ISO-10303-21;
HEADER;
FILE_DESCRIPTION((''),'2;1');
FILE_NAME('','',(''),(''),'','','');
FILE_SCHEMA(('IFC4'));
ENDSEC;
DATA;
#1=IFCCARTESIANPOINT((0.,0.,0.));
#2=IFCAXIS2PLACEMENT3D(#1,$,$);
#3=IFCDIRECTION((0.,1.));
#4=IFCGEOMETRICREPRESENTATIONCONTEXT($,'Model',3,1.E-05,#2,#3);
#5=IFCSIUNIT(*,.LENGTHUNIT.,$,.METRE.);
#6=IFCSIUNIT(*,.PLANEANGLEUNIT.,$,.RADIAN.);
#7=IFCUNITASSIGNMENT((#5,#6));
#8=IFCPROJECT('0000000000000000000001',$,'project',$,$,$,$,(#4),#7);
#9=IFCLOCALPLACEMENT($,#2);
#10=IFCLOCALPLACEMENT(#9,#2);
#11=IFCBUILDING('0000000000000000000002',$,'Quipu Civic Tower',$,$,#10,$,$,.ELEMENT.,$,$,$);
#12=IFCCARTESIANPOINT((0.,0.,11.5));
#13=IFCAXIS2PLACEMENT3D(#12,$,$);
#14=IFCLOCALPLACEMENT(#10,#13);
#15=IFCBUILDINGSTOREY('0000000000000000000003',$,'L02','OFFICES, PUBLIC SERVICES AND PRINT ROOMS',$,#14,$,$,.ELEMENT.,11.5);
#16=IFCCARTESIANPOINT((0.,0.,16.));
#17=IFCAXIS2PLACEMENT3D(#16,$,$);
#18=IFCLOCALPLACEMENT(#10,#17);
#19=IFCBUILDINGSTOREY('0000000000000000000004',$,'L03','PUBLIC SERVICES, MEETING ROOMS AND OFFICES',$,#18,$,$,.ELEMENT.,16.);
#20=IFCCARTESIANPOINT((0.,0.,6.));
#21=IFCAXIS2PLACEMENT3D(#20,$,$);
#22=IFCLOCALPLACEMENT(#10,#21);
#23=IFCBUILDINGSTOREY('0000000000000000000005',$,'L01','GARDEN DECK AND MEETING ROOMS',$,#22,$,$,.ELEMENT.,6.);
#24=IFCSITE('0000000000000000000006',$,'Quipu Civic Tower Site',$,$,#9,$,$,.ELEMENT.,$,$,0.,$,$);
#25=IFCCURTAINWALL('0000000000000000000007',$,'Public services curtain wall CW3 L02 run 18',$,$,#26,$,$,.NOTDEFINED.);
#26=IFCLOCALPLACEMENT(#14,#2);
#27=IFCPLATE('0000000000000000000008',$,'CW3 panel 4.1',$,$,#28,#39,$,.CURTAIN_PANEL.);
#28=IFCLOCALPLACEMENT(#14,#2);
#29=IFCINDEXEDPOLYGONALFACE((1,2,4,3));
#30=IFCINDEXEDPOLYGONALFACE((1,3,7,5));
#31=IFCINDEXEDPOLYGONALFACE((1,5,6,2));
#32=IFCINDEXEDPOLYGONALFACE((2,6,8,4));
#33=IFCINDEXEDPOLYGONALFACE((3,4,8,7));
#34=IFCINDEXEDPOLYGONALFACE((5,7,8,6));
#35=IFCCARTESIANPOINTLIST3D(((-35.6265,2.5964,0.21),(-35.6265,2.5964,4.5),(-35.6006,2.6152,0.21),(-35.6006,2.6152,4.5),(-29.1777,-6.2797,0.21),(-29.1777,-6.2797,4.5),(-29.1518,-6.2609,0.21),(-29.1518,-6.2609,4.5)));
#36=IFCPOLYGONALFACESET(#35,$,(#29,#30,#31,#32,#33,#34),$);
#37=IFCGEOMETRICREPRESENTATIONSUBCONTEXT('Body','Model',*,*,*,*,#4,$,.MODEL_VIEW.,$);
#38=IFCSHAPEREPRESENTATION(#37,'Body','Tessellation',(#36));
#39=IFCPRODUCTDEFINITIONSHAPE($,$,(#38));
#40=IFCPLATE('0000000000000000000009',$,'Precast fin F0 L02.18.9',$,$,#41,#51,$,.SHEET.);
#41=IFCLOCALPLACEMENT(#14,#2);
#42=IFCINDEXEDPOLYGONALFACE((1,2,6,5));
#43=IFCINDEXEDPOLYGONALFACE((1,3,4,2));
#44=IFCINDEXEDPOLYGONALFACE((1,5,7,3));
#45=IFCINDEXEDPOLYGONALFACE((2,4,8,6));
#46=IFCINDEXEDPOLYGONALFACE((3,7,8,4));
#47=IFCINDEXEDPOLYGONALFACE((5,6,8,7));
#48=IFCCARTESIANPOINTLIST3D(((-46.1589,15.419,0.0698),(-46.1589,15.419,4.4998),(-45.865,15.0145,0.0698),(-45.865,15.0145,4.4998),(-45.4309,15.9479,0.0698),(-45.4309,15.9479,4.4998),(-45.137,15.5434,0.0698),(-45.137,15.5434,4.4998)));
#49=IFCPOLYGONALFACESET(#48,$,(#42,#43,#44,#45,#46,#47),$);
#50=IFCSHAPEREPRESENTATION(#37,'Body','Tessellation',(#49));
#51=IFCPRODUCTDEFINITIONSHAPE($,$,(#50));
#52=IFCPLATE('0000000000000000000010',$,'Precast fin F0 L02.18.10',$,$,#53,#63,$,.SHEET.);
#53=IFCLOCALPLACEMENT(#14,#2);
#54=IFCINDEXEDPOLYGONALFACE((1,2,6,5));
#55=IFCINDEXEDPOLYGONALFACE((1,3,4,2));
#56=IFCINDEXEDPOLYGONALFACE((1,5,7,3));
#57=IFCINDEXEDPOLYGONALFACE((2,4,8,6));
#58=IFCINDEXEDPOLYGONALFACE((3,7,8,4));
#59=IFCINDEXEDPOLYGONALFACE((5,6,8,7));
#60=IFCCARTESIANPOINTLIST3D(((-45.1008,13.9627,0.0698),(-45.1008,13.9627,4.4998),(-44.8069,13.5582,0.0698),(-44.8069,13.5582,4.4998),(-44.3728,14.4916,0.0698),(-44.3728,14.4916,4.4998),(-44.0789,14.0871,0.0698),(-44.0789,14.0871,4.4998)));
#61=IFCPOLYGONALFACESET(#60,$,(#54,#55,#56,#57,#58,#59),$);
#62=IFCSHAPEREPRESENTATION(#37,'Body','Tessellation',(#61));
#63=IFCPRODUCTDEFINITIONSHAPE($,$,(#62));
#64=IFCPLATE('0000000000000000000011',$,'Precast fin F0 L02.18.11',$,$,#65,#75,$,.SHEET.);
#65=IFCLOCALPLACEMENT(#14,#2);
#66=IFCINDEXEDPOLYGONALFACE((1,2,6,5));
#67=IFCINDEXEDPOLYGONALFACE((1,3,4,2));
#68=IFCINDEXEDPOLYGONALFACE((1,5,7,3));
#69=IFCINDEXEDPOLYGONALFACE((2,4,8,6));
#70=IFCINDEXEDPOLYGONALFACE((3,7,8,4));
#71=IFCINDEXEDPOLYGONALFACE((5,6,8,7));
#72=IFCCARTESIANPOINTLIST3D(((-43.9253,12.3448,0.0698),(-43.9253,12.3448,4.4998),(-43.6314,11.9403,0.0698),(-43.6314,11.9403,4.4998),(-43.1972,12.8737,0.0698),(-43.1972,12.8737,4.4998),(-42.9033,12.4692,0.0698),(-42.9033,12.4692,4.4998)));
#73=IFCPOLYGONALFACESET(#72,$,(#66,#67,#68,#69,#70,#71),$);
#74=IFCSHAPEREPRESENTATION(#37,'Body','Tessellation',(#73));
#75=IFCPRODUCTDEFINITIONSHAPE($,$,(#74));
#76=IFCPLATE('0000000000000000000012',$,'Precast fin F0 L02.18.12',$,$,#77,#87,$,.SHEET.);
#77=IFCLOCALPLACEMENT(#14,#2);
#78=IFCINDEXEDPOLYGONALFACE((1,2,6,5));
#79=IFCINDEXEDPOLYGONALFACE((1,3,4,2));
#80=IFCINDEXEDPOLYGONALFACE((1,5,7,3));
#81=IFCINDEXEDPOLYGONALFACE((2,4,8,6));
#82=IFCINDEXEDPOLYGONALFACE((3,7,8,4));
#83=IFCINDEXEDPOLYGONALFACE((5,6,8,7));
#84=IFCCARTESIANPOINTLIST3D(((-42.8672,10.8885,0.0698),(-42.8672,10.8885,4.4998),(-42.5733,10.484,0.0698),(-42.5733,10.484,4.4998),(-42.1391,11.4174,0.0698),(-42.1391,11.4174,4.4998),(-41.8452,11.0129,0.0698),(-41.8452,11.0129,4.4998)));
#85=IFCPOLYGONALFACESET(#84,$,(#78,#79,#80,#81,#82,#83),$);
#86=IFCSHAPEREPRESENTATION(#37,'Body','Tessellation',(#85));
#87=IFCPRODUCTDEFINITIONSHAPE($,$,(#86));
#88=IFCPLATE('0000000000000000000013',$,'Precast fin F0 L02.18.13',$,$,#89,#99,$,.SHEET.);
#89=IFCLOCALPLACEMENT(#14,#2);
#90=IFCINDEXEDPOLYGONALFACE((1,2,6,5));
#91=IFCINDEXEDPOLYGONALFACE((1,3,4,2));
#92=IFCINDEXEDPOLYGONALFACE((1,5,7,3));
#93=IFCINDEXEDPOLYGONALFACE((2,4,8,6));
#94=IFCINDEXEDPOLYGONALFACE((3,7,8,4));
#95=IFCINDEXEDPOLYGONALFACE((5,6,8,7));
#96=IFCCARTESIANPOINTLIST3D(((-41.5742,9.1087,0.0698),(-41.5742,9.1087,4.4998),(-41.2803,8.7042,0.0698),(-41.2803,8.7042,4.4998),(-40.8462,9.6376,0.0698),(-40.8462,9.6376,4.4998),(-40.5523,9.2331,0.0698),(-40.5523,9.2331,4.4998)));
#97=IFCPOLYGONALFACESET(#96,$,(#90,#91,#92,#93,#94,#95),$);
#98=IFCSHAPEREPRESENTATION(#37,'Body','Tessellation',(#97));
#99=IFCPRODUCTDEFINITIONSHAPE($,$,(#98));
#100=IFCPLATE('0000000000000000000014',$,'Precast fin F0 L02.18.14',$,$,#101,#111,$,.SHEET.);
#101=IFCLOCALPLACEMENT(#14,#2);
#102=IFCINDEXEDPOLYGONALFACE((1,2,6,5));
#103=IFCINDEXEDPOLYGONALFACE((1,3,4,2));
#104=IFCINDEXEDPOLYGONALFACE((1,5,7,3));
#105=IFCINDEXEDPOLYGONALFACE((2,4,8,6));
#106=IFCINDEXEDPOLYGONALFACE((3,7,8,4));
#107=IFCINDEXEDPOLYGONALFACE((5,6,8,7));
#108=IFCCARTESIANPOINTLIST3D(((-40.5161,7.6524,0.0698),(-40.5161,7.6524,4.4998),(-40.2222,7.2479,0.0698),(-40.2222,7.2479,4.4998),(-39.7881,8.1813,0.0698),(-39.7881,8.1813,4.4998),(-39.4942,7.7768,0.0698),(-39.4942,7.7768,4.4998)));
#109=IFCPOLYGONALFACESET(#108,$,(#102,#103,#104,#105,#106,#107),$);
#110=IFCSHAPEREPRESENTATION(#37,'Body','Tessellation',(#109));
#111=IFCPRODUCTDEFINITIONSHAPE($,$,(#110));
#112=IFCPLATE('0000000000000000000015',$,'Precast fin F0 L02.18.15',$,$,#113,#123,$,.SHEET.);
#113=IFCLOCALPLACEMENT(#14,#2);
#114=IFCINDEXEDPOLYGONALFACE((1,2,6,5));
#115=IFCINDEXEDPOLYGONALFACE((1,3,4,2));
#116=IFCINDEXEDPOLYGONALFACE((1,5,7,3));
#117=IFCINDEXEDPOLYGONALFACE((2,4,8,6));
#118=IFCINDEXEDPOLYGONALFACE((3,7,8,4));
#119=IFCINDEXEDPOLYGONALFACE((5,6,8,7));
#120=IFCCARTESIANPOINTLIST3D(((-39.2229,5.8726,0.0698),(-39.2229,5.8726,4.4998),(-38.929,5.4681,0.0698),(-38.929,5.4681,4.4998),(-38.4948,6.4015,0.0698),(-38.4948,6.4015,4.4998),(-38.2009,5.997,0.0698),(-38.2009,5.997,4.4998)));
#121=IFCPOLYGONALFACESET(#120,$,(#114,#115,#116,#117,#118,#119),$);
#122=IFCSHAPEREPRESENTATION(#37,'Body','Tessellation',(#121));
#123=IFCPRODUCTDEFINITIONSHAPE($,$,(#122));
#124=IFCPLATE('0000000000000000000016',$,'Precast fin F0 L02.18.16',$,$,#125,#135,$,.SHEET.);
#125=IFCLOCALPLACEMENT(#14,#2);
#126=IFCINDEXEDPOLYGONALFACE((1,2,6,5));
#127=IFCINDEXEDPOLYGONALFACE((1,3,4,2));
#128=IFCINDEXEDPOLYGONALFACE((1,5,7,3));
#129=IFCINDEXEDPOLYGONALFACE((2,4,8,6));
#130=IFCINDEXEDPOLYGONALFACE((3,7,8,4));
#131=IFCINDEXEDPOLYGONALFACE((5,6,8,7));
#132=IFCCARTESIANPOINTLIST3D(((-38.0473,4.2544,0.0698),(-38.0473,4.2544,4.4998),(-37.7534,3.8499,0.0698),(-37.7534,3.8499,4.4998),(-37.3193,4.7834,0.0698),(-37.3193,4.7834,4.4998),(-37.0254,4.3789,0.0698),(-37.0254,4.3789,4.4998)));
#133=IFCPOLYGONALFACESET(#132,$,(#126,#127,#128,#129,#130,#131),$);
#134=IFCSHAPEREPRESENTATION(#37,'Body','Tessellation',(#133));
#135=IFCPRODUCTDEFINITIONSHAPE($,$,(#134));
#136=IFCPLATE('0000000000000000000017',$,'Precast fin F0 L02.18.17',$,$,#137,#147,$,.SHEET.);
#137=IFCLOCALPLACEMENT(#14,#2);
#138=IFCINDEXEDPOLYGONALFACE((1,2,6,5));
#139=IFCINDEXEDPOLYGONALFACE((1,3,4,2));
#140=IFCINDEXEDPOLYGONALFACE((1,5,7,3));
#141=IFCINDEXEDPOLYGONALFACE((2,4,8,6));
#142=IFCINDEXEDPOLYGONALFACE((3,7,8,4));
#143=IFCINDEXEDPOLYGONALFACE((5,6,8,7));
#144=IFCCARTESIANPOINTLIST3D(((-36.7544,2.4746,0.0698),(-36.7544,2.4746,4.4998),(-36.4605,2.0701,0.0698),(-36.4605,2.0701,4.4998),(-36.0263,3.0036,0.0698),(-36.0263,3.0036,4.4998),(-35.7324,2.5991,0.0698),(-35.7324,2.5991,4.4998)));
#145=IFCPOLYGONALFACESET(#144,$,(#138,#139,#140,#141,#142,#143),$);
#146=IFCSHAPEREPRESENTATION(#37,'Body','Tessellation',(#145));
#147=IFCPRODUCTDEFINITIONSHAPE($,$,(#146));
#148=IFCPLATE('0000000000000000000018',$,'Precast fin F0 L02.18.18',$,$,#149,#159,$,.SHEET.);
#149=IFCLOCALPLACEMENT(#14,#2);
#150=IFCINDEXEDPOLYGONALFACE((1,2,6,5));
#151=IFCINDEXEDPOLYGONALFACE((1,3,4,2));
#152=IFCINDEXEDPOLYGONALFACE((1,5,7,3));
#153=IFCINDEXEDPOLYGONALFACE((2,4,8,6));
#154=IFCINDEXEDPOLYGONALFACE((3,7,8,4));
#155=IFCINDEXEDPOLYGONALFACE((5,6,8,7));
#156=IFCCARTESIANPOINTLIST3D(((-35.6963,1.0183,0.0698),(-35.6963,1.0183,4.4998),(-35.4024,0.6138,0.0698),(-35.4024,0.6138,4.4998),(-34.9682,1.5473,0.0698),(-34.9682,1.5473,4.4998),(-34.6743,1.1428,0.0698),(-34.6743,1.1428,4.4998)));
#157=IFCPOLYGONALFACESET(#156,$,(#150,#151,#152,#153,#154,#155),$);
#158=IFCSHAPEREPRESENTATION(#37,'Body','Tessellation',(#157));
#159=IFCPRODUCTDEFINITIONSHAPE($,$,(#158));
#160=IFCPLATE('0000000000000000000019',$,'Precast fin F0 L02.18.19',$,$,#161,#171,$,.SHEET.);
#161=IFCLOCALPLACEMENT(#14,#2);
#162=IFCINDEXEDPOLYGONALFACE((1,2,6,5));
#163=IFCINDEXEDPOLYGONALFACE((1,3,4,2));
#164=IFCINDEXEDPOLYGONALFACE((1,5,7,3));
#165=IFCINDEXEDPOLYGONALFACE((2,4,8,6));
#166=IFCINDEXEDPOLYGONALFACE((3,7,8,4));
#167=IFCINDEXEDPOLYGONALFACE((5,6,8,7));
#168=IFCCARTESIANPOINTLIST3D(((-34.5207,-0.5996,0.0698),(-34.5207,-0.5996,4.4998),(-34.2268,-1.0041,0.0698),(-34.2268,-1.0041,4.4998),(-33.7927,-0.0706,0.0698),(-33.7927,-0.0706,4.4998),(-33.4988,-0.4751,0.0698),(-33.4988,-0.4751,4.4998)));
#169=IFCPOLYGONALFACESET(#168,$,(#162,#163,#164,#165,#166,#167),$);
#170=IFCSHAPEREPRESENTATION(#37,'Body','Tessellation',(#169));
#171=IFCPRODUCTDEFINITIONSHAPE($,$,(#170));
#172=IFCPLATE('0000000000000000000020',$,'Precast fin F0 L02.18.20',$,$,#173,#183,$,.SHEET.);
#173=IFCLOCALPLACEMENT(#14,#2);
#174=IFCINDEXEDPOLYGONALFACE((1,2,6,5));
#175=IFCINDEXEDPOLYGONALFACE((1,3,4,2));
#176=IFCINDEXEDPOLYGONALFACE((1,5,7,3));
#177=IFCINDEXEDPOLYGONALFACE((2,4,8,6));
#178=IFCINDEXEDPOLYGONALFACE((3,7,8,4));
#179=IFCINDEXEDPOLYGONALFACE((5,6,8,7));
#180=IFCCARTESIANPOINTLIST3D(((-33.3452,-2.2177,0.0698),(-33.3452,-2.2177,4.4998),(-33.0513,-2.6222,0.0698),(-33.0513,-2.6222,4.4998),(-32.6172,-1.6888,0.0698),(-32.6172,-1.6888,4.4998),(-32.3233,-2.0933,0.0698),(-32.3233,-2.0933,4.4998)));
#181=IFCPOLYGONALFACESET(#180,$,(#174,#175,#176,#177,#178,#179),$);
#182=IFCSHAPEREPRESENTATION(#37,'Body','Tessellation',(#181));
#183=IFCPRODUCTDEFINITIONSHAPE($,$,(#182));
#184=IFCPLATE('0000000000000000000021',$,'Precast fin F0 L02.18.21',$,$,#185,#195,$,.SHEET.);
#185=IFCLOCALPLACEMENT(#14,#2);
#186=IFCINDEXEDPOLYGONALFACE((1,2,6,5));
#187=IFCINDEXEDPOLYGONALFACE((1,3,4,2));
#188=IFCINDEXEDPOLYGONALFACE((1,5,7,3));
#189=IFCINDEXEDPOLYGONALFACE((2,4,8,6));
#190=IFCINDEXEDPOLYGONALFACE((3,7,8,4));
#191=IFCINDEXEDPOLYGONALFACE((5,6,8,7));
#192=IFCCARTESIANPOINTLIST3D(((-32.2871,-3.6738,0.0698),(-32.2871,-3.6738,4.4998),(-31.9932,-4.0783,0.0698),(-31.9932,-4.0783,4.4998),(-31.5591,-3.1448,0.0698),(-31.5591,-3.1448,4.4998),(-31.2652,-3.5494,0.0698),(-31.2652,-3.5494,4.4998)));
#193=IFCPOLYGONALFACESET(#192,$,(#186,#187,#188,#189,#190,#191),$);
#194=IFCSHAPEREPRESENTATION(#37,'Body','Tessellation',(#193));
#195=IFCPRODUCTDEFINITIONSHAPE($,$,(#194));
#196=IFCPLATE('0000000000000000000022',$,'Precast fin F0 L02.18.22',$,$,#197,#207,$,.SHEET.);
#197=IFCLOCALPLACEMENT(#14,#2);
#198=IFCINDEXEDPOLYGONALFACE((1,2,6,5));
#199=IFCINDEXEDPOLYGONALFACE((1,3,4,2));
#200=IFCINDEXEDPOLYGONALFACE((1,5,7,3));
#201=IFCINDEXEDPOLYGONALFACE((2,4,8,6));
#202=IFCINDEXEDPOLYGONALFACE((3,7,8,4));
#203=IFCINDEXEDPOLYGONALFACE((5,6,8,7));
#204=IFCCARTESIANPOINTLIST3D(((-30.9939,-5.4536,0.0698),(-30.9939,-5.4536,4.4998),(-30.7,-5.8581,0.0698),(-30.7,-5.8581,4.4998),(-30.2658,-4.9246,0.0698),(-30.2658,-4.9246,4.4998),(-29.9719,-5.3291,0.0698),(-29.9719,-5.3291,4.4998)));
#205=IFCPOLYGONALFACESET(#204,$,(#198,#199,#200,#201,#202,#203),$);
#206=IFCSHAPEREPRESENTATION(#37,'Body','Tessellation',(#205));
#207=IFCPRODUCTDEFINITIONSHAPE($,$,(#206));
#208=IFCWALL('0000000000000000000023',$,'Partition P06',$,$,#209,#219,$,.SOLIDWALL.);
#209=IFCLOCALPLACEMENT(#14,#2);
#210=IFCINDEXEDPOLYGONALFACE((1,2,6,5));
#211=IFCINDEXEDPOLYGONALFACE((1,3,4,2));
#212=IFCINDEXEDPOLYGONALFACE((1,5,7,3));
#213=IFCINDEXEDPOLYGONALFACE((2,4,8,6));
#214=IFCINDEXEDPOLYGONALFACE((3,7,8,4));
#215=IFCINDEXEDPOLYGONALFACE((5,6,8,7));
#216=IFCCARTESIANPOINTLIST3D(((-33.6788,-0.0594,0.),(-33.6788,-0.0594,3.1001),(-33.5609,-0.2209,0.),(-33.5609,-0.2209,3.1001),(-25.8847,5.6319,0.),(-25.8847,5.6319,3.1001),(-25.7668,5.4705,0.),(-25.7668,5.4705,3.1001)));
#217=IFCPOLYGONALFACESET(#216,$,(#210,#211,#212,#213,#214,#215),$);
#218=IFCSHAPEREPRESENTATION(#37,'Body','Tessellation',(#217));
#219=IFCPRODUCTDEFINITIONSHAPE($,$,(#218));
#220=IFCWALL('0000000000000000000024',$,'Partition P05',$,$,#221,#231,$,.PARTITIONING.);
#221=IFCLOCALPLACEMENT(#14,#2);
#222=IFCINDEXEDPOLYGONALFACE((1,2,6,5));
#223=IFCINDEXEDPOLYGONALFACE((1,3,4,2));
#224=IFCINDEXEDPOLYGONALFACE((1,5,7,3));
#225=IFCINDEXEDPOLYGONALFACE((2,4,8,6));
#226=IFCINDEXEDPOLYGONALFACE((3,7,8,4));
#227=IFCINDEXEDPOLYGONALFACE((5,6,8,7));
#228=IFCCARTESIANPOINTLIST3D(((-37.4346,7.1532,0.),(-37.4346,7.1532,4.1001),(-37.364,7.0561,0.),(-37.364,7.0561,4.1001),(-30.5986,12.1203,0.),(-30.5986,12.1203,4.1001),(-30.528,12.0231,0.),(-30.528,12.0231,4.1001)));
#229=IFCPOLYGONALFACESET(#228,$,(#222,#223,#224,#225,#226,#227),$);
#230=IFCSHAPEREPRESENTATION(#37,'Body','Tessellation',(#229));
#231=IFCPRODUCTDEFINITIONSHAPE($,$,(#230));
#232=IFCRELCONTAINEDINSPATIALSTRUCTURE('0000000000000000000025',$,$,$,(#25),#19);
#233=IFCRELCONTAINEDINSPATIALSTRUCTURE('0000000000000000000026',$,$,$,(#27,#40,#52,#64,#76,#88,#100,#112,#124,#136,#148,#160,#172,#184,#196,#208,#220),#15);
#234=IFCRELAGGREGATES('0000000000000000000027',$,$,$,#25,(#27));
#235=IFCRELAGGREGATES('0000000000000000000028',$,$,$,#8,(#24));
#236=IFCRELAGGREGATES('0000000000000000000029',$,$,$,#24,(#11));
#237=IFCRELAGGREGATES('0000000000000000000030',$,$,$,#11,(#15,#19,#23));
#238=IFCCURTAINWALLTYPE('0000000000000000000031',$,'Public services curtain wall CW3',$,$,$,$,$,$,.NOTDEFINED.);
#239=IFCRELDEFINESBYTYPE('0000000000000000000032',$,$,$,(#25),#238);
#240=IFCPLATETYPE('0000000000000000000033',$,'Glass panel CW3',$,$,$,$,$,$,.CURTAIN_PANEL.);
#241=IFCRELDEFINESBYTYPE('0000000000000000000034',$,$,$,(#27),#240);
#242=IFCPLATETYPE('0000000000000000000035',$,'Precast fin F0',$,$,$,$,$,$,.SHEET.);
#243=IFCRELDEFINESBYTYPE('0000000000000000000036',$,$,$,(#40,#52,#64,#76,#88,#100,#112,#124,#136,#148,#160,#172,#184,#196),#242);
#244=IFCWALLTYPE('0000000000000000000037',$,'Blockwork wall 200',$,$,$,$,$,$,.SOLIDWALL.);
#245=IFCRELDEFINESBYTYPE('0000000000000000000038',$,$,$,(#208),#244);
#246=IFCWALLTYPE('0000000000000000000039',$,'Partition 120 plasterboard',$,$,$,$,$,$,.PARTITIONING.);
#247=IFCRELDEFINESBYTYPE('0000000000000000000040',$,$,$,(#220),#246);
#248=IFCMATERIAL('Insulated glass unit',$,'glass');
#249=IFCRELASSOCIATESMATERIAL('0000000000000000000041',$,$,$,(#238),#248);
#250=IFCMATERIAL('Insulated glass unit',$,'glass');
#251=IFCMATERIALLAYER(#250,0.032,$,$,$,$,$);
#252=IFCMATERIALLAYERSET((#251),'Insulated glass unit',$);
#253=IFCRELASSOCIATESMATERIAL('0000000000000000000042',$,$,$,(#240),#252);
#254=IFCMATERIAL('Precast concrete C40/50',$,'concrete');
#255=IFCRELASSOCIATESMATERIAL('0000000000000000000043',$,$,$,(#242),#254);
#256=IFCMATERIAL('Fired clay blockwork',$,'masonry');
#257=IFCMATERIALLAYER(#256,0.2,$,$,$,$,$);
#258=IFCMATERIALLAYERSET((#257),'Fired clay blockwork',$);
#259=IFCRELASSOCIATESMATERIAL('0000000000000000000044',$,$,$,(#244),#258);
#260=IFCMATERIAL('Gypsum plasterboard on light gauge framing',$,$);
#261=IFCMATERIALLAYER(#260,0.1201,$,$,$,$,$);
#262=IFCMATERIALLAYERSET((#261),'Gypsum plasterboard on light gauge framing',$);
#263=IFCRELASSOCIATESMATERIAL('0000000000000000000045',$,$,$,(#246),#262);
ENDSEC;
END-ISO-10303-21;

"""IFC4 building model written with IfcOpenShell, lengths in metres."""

from ifc_helpers import new_model, si_unit, direction, frame, frame_2d, origin, origin_2d, place, context, subcontext, project, spatial, rectangle, extrude, material, layer, layer_set, type_object, element, aggregate, save


model = new_model("IFC4")

# Units and contexts
model_context = context("Model", 3, precision=1e-05, world=origin(), true_north=direction((0.0, 1.0)))
body_context = subcontext(model_context, "Body", "Model", "MODEL_VIEW")
ifc_project = project(units=[si_unit("LENGTHUNIT", "METRE"), si_unit("PLANEANGLEUNIT", "RADIAN")], contexts=[model_context])

# Site, building, storey
site_placement = place(None, origin())
site = spatial("IfcSite", under=ifc_project, at=site_placement, Name="Quipu Civic Tower Site", CompositionType="ELEMENT", RefElevation=0.0)
building_placement = place(site_placement, origin())
building = spatial("IfcBuilding", under=site, at=building_placement, Name="Quipu Civic Tower", CompositionType="ELEMENT")
storey_1_placement = place(building_placement, frame((0.0, 0.0, 11.5)))
storey_1 = spatial("IfcBuildingStorey", under=building, at=storey_1_placement, Name="L02", Description="OFFICES, PUBLIC SERVICES AND PRINT ROOMS", CompositionType="ELEMENT", Elevation=11.5)

# Shared definitions
storey_2_placement = place(building_placement, frame((0.0, 0.0, 16.0)))
storey_2 = spatial("IfcBuildingStorey", under=building, at=storey_2_placement, Name="L03", Description="PUBLIC SERVICES, MEETING ROOMS AND OFFICES", CompositionType="ELEMENT", Elevation=16.0)

# Curtain wall
ifc_material_1 = material(Name="Insulated glass unit", Category="glass")
curtain_wall_type_1 = type_object("IfcCurtainWallType", Name="Public services curtain wall CW3", PredefinedType="NOTDEFINED", material=ifc_material_1)
curtain_wall_1_placement = place(storey_2_placement, origin())
curtain_wall_1 = element("IfcCurtainWall", 1, at=curtain_wall_1_placement, inside=storey_2, type_object=curtain_wall_type_1, Name="Public services curtain wall CW3 L02 run 18", PredefinedType="NOTDEFINED")

# Shared definitions
storey_3_placement = place(building_placement, frame((0.0, 0.0, 6.0)))
storey_3 = spatial("IfcBuildingStorey", under=building, at=storey_3_placement, Name="L01", Description="GARDEN DECK AND MEETING ROOMS", CompositionType="ELEMENT", Elevation=6.0)

# Plate
ifc_material_2 = material(Name="Insulated glass unit", Category="glass")
ifc_layer_1 = layer(ifc_material_2, 0.032)
ifc_layer_set_1 = layer_set([ifc_layer_1], Name="Insulated glass unit")
plate_type_1 = type_object("IfcPlateType", Name="Glass panel CW3", PredefinedType="CURTAIN_PANEL", material=ifc_layer_set_1)
plate_1_placement = place(storey_1_placement, frame((-32.3892, -1.8323, 0.21), z_axis=(0.0, 0.0, 1.0), x_axis=(0.587785, -0.809017, 0.0)))
plate_1 = element("IfcPlate", 2, at=plate_1_placement, inside=storey_1, type_object=plate_type_1, Name="CW3 panel 4.1", PredefinedType="CURTAIN_PANEL", context=body_context, shape_type="SweptSolid", body=[
    extrude(rectangle(XDim=10.9714, YDim=0.032, at=origin_2d()), origin(), (0.0, 0.0, 1.0), 4.29),
])
aggregate(curtain_wall_1, [plate_1])

# Plates
ifc_material_3 = material(Name="Precast concrete C40/50", Category="concrete")
plate_type_2 = type_object("IfcPlateType", Name="Precast fin F0", PredefinedType="SHEET", material=ifc_material_3)
for number, where, z_axis, x_axis, name in (
    (3, (-45.6479, 15.4812, 0.0698), (0.0, 0.0, 1.0), (0.587786, -0.809017, 0.0), "Precast fin F0 L02.18.9"),
    (4, (-44.5898, 14.0249, 0.0698), (0.0, 0.0, 1.0), (0.587786, -0.809017, 0.0), "Precast fin F0 L02.18.10"),
    (5, (-43.4143, 12.407, 0.0698), (0.0, 0.0, 1.0), (0.587786, -0.809017, 0.0), "Precast fin F0 L02.18.11"),
    (6, (-42.3562, 10.9507, 0.0698), (0.0, 0.0, 1.0), (0.587786, -0.809017, 0.0), "Precast fin F0 L02.18.12"),
    (7, (-41.0632, 9.1709, 0.0698), (0.0, 0.0, 1.0), (0.587786, -0.809017, 0.0), "Precast fin F0 L02.18.13"),
    (8, (-40.0051, 7.7146, 0.0698), (0.0, 0.0, 1.0), (0.587786, -0.809017, 0.0), "Precast fin F0 L02.18.14"),
    (9, (-38.7119, 5.9348, 0.0698), (0.0, 0.0, 1.0), (0.587786, -0.809017, 0.0), "Precast fin F0 L02.18.15"),
    (10, (-37.5364, 4.3167, 0.0698), (0.0, 0.0, 1.0), (0.587786, -0.809017, 0.0), "Precast fin F0 L02.18.16"),
    (11, (-36.2434, 2.5369, 0.0698), (0.0, 0.0, 1.0), (0.587786, -0.809017, 0.0), "Precast fin F0 L02.18.17"),
    (12, (-35.1853, 1.0806, 0.0698), (0.0, 0.0, 1.0), (0.587786, -0.809017, 0.0), "Precast fin F0 L02.18.18"),
    (13, (-34.0098, -0.5374, 0.0698), (0.0, 0.0, 1.0), (0.587786, -0.809017, 0.0), "Precast fin F0 L02.18.19"),
    (14, (-32.8342, -2.1555, 0.0698), (0.0, 0.0, 1.0), (0.587786, -0.809017, 0.0), "Precast fin F0 L02.18.20"),
    (15, (-31.7761, -3.6116, 0.0698), (0.0, 0.0, 1.0), (0.587786, -0.809017, 0.0), "Precast fin F0 L02.18.21"),
    (16, (-30.4829, -5.3914, 0.0698), (0.0, 0.0, 1.0), (0.587786, -0.809017, 0.0), "Precast fin F0 L02.18.22"),
):
    element("IfcPlate", number, at=place(storey_1_placement, frame(where, z_axis=z_axis, x_axis=x_axis)), inside=storey_1, type_object=plate_type_2, Name=name, PredefinedType="SHEET", context=body_context, shape_type="SweptSolid", body=[
        extrude(rectangle(XDim=0.5, YDim=0.8999, at=origin_2d()), origin(), (0.0, 0.0, 1.0), 4.4299),
    ])

# Walls
ifc_material_4 = material(Name="Fired clay blockwork", Category="masonry")
ifc_layer_2 = layer(ifc_material_4, 0.2)
ifc_layer_set_2 = layer_set([ifc_layer_2], Name="Fired clay blockwork")
wall_type_1 = type_object("IfcWallType", Name="Blockwork wall 200", PredefinedType="SOLIDWALL", material=ifc_layer_set_2)
wall_1_placement = place(storey_1_placement, frame((-33.6199, -0.1401, 0.0), z_axis=(0.0, 0.0, 1.0), x_axis=(0.807606, 0.589723, 0.0)))
element("IfcWall", 17, at=wall_1_placement, inside=storey_1, type_object=wall_type_1, Name="Partition P06", PredefinedType="SOLIDWALL", context=body_context, shape_type="SweptSolid", body=[
    extrude(rectangle(XDim=9.6509, YDim=0.2, at=frame_2d((4.8254, 0.0))), origin(), (0.0, 0.0, 1.0), 3.1001),
])
ifc_material_5 = material(Name="Gypsum plasterboard on light gauge framing")
ifc_layer_3 = layer(ifc_material_5, 0.1201)
ifc_layer_set_3 = layer_set([ifc_layer_3], Name="Gypsum plasterboard on light gauge framing")
wall_type_2 = type_object("IfcWallType", Name="Partition 120 plasterboard", PredefinedType="PARTITIONING", material=ifc_layer_set_3)
wall_2_placement = place(storey_1_placement, frame((-30.5632, 12.0718, 0.0), z_axis=(0.0, 0.0, 1.0), x_axis=(-0.808992, -0.587819, 0.0)))
element("IfcWall", 18, at=wall_2_placement, inside=storey_1, type_object=wall_type_2, Name="Partition P05", PredefinedType="PARTITIONING", context=body_context, shape_type="SweptSolid", body=[
    extrude(rectangle(XDim=8.45, YDim=0.1201, at=frame_2d((4.2251, 0.0))), origin(), (0.0, 0.0, 1.0), 4.1001),
])

save(model, "model.ifc")
